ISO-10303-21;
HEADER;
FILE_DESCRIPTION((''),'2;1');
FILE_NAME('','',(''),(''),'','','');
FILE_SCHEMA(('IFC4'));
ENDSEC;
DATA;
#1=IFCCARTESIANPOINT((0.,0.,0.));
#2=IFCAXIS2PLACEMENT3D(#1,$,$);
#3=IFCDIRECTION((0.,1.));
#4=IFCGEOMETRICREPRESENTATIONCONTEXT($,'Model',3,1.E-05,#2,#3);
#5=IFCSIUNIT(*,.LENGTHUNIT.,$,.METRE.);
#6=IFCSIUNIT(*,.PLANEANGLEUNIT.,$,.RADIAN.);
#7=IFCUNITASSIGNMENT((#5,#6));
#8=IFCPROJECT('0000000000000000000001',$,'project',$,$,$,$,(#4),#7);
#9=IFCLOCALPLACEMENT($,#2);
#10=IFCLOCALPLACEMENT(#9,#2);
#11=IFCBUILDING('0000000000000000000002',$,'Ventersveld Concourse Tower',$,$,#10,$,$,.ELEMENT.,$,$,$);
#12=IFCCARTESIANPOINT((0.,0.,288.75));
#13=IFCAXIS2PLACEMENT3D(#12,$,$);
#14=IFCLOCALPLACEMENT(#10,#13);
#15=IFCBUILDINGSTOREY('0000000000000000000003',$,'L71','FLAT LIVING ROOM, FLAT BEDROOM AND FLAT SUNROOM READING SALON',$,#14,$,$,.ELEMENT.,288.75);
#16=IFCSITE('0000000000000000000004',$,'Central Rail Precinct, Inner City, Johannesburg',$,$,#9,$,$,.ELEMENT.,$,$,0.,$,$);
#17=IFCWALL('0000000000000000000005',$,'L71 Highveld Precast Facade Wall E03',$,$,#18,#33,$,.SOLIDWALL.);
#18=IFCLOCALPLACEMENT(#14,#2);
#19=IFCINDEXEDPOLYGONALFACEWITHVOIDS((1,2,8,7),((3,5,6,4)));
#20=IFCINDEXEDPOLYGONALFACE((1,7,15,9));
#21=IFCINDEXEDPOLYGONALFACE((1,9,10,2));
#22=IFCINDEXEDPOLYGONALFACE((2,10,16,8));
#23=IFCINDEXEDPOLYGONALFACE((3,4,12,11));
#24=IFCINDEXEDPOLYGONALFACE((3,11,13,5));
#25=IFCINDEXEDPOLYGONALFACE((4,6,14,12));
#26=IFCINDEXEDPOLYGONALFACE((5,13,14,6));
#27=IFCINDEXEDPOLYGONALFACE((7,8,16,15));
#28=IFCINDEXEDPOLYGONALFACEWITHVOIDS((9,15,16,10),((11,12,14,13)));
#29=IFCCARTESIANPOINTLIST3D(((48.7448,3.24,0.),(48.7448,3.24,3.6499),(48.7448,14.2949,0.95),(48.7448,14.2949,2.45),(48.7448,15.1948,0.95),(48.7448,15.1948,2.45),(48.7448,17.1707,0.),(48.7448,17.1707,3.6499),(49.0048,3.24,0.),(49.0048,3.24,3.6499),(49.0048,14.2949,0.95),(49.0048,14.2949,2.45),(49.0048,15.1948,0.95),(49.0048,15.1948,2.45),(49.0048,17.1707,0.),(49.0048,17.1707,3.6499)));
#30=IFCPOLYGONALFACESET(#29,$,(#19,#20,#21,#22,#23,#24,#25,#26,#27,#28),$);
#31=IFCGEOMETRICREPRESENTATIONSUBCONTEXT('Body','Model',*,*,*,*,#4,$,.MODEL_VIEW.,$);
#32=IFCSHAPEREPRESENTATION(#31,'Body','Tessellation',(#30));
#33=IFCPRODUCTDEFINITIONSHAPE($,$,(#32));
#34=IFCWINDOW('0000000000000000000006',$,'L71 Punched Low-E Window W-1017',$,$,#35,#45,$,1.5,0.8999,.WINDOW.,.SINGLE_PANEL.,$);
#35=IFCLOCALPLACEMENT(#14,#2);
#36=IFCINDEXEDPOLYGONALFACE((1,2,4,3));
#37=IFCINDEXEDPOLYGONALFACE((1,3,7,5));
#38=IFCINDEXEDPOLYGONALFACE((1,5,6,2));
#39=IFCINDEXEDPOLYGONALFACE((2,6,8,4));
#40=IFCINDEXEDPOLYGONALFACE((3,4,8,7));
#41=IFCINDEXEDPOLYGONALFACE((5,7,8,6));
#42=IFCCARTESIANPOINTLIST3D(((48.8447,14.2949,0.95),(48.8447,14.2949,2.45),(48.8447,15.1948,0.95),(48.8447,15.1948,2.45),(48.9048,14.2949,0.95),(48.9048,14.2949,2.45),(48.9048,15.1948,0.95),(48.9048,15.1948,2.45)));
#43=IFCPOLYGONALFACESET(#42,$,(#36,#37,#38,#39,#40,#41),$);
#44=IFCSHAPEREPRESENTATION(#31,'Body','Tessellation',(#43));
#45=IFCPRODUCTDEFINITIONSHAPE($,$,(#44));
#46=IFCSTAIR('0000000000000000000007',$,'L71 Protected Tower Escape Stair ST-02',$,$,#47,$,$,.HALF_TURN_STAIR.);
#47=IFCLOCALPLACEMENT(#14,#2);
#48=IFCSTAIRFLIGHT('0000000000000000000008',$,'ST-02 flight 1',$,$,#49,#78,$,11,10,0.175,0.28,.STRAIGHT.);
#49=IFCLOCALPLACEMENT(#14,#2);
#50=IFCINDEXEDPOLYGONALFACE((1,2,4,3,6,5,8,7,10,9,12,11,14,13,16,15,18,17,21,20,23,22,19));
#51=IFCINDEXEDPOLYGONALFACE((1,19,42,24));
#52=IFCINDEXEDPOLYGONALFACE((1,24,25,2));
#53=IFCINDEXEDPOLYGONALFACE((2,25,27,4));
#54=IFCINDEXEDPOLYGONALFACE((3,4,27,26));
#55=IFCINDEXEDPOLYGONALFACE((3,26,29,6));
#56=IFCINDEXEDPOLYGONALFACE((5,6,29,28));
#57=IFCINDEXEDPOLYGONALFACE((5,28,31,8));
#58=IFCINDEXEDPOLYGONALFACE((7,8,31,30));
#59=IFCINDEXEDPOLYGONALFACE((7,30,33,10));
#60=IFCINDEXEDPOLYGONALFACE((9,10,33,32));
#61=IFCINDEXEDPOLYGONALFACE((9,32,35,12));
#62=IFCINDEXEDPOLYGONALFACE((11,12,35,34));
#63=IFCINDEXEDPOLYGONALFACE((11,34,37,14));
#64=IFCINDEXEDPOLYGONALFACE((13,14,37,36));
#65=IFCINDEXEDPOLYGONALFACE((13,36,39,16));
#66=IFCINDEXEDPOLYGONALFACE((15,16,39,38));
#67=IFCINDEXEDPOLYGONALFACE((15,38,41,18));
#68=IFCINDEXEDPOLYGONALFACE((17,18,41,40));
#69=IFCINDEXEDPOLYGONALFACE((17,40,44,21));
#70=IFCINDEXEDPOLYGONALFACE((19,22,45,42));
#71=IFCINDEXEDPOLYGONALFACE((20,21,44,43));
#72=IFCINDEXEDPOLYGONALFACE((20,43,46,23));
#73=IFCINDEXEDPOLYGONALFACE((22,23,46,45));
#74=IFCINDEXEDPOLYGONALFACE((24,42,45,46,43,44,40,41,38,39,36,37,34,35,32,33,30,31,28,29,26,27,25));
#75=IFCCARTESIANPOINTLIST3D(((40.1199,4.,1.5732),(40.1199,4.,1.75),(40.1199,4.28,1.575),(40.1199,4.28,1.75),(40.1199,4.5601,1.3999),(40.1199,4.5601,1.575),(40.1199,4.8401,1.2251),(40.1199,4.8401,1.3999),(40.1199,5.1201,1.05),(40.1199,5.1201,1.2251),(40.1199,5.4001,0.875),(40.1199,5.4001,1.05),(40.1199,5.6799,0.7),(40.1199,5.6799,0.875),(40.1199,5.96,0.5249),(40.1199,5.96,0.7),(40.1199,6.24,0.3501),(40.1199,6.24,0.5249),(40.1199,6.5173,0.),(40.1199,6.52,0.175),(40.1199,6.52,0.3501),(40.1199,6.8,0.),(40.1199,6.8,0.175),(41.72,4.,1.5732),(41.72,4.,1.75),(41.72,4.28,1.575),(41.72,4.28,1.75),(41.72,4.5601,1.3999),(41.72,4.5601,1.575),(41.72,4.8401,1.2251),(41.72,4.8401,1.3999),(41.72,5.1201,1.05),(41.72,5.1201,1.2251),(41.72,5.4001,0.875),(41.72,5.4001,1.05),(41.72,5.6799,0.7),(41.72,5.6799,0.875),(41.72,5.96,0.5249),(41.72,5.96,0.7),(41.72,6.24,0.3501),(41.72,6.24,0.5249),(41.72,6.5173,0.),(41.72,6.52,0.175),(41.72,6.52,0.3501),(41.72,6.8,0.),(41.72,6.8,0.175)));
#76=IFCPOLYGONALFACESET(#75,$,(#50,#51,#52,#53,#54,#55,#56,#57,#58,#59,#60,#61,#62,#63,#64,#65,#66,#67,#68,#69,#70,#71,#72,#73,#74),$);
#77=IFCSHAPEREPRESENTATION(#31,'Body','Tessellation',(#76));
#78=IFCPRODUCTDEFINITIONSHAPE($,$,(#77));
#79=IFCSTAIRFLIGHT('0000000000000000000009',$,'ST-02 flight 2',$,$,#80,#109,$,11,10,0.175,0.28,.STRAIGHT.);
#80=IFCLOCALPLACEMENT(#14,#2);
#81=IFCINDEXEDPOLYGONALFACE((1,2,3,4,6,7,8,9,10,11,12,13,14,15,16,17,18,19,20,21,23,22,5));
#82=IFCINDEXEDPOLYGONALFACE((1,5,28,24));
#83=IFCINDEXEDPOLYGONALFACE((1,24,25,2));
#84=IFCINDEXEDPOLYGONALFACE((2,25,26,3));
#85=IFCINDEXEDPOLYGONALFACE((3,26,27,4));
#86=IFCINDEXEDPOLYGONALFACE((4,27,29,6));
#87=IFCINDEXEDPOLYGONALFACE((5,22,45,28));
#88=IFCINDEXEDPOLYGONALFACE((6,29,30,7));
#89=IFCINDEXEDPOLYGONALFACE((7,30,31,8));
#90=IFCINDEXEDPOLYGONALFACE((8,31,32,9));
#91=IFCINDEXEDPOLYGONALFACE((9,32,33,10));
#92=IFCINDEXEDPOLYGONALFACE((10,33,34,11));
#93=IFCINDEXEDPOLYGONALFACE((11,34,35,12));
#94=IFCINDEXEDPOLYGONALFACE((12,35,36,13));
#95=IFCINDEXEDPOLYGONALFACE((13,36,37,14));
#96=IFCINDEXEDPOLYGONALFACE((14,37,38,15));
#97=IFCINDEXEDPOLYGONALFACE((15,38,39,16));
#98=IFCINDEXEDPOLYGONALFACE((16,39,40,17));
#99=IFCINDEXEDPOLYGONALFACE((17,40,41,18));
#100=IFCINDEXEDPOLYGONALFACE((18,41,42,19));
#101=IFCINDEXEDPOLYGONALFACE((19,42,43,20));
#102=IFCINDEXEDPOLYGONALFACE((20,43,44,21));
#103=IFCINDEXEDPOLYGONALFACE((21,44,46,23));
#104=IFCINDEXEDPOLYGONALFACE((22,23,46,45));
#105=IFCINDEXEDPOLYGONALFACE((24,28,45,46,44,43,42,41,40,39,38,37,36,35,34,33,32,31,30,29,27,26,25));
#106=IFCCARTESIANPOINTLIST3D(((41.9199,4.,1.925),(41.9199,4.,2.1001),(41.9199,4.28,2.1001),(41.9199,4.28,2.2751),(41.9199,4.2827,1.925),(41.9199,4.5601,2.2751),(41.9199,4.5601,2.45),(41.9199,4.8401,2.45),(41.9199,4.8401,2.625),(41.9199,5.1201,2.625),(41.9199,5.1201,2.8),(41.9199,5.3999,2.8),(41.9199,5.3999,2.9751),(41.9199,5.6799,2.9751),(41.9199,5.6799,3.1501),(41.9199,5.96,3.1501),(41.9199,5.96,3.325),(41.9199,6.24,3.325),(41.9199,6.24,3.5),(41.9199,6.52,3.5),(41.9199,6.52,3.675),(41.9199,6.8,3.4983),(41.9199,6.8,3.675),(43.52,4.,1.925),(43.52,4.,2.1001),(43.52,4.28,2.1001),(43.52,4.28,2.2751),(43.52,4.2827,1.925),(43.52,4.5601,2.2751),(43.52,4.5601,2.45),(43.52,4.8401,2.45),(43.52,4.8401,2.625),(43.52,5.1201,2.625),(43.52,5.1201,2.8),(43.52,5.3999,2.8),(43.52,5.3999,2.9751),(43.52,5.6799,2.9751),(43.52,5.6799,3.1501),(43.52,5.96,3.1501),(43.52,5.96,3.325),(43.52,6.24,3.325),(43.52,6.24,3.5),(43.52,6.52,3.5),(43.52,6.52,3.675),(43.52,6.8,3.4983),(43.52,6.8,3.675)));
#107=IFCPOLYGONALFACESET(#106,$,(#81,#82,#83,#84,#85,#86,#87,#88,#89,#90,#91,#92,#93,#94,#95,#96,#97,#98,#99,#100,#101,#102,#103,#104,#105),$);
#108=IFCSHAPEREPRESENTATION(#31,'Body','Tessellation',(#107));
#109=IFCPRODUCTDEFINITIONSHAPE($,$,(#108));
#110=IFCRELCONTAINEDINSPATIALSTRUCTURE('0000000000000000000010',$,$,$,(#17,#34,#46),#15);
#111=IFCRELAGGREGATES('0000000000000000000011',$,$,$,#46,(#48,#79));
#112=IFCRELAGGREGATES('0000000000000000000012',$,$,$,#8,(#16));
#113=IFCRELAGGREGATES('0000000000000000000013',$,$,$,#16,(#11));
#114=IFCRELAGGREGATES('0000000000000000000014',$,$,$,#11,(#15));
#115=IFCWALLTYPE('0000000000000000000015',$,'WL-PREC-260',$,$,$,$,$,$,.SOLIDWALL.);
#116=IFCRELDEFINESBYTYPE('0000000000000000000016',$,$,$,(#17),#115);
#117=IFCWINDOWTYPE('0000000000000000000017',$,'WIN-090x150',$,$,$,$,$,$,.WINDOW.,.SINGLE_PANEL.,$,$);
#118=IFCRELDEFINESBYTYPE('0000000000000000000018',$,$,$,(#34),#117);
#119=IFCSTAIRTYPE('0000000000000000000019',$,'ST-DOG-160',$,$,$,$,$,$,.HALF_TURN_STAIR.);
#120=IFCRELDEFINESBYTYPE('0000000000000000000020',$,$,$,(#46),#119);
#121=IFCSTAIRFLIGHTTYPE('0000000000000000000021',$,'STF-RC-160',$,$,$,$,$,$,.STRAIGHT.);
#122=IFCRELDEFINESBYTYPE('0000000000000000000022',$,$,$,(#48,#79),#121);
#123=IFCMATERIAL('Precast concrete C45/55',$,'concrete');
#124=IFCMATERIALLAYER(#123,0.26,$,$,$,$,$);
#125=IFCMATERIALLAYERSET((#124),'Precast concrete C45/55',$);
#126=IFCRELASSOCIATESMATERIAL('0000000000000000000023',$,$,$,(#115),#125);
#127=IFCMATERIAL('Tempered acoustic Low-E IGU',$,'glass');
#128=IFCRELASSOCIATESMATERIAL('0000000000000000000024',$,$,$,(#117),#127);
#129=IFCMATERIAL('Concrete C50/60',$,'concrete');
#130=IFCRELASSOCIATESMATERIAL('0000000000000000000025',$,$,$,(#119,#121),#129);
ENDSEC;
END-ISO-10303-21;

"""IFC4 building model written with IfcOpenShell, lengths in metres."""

from ifc_helpers import new_model, si_unit, direction, frame, frame_2d, origin, place, context, subcontext, project, spatial, polyline, rectangle, outline, extrude, material, layer, layer_set, type_object, element, fill, aggregate, save


model = new_model("IFC4")

# Units and contexts
model_context = context("Model", 3, precision=1e-05, world=origin(), true_north=direction((0.0, 1.0)))
body_context = subcontext(model_context, "Body", "Model", "MODEL_VIEW")
ifc_project = project(units=[si_unit("LENGTHUNIT", "METRE"), si_unit("PLANEANGLEUNIT", "RADIAN")], contexts=[model_context])

# Site, building, storey
site_placement = place(None, origin())
site = spatial("IfcSite", under=ifc_project, at=site_placement, Name="Central Rail Precinct, Inner City, Johannesburg", CompositionType="ELEMENT", RefElevation=0.0)
building_placement = place(site_placement, origin())
building = spatial("IfcBuilding", under=site, at=building_placement, Name="Ventersveld Concourse Tower", CompositionType="ELEMENT")
storey_placement = place(building_placement, frame((0.0, 0.0, 288.75)))
storey = spatial("IfcBuildingStorey", under=building, at=storey_placement, Name="L71", Description="FLAT LIVING ROOM, FLAT BEDROOM AND FLAT SUNROOM READING SALON", CompositionType="ELEMENT", Elevation=288.75)

# Shared definitions
ifc_material_1 = material(Name="Concrete C50/60", Category="concrete")

# Shared definitions
ifc_material_2 = material(Name="Precast concrete C45/55", Category="concrete")
ifc_layer_1 = layer(ifc_material_2, 0.26)
ifc_layer_set_1 = layer_set([ifc_layer_1], Name="Precast concrete C45/55")
wall_type_1 = type_object("IfcWallType", Name="WL-PREC-260", PredefinedType="SOLIDWALL", material=ifc_layer_set_1)

# Wall, opening, window
ifc_material_3 = material(Name="Tempered acoustic Low-E IGU", Category="glass")
wall_1_placement = place(storey_placement, frame((48.8748, 3.24, 0.0), z_axis=(0.0, 0.0, 1.0), x_axis=(0.0, 1.0, 0.0)))
wall_1 = element("IfcWall", 1, at=wall_1_placement, inside=storey, type_object=wall_type_1, Name="L71 Highveld Precast Facade Wall E03", PredefinedType="SOLIDWALL", context=body_context, shape_type="SweptSolid", body=[
    extrude(rectangle(XDim=13.9307, YDim=0.26, at=frame_2d((6.9653, 0.0))), origin(), (0.0, 0.0, 1.0), 3.6499),
])
opening_1_placement = place(wall_1_placement, frame((11.0549, 0.0, 0.95)))
opening_1 = element("IfcOpeningElement", 2, at=opening_1_placement, cuts=wall_1, PredefinedType="OPENING", context=body_context, shape_type="SweptSolid", body=[
    extrude(rectangle(XDim=0.8999, YDim=1.5, at=frame_2d((0.45, 0.75))), frame((0.0, 0.1401, 0.0), z_axis=(0.0, -1.0, 0.0), x_axis=(1.0, 0.0, 0.0)), (0.0, 0.0, 1.0), 0.28),
])
window_type_1 = type_object("IfcWindowType", Name="WIN-090x150", PartitioningType="SINGLE_PANEL", PredefinedType="WINDOW", material=ifc_material_3)
window_1_placement = place(opening_1_placement, origin())
window_1 = element("IfcWindow", 3, at=window_1_placement, inside=storey, type_object=window_type_1, Name="L71 Punched Low-E Window W-1017", OverallHeight=1.5, OverallWidth=0.8999, PartitioningType="SINGLE_PANEL", PredefinedType="WINDOW", context=body_context, shape_type="SweptSolid", body=[
    extrude(rectangle(XDim=0.8999, YDim=1.5, at=frame_2d((0.45, 0.75))), frame((0.0, 0.03, 0.0), z_axis=(0.0, -1.0, 0.0), x_axis=(1.0, 0.0, 0.0)), (0.0, 0.0, 1.0), 0.0601),
])
fill(opening_1, window_1)

# Stair, stair flights
stair_type = type_object("IfcStairType", Name="ST-DOG-160", PredefinedType="HALF_TURN_STAIR", material=ifc_material_1)
stair_placement = place(storey_placement, origin())
stair = element("IfcStair", 4, at=stair_placement, inside=storey, type_object=stair_type, Name="L71 Protected Tower Escape Stair ST-02", PredefinedType="HALF_TURN_STAIR")
stair_flight_type = type_object("IfcStairFlightType", Name="STF-RC-160", PredefinedType="STRAIGHT", material=ifc_material_1)
stair_flight_1_placement = place(storey_placement, frame((40.9199, 6.8, 0.0), z_axis=(0.0, 0.0, 1.0), x_axis=(0.0, -1.0, 0.0)))
stair_flight_1 = element("IfcStairFlight", 5, at=stair_flight_1_placement, type_object=stair_flight_type, Name="ST-02 flight 1", NumberOfRisers=11, NumberOfTreads=10, PredefinedType="STRAIGHT", RiserHeight=0.175, TreadLength=0.28, context=body_context, shape_type="SweptSolid", body=[
    extrude(outline(polyline([(0.0, 0.0), (0.0, 0.175), (0.28, 0.175), (0.28, 0.3501), (0.5601, 0.3501), (0.5601, 0.5249), (0.8401, 0.5249), (0.8401, 0.7), (1.1201, 0.7), (1.1201, 0.875), (1.3999, 0.875), (1.3999, 1.05), (1.6799, 1.05), (1.6799, 1.2251), (1.96, 1.2251), (1.96, 1.3999), (2.24, 1.3999), (2.24, 1.575), (2.52, 1.575), (2.52, 1.75), (2.8, 1.75), (2.8, 1.925), (2.8, 1.5732), (0.2827, 0.0), (0.0, 0.0)])), frame((0.0, 0.8, 0.0), z_axis=(0.0, -1.0, 0.0), x_axis=(1.0, 0.0, 0.0)), (0.0, 0.0, 1.0), 1.6001),
])
stair_flight_2_placement = place(storey_placement, frame((42.72, 4.0, 1.925), z_axis=(0.0, 0.0, 1.0), x_axis=(0.0, 1.0, 0.0)))
stair_flight_2 = element("IfcStairFlight", 6, at=stair_flight_2_placement, type_object=stair_flight_type, Name="ST-02 flight 2", NumberOfRisers=11, NumberOfTreads=10, PredefinedType="STRAIGHT", RiserHeight=0.175, TreadLength=0.28, context=body_context, shape_type="SweptSolid", body=[
    extrude(outline(polyline([(0.0, 0.0), (0.0, 0.175), (0.28, 0.175), (0.28, 0.3501), (0.5601, 0.3501), (0.5601, 0.5249), (0.8401, 0.5249), (0.8401, 0.7), (1.1201, 0.7), (1.1201, 0.875), (1.3999, 0.875), (1.3999, 1.05), (1.6799, 1.05), (1.6799, 1.2251), (1.96, 1.2251), (1.96, 1.3999), (2.24, 1.3999), (2.24, 1.575), (2.52, 1.575), (2.52, 1.75), (2.8, 1.75), (2.8, 1.925), (2.8, 1.5732), (0.2827, 0.0), (0.0, 0.0)])), frame((0.0, 0.8, 0.0), z_axis=(0.0, -1.0, 0.0), x_axis=(1.0, 0.0, 0.0)), (0.0, 0.0, 1.0), 1.6001),
])
aggregate(stair, [stair_flight_1, stair_flight_2])

save(model, "model.ifc")
